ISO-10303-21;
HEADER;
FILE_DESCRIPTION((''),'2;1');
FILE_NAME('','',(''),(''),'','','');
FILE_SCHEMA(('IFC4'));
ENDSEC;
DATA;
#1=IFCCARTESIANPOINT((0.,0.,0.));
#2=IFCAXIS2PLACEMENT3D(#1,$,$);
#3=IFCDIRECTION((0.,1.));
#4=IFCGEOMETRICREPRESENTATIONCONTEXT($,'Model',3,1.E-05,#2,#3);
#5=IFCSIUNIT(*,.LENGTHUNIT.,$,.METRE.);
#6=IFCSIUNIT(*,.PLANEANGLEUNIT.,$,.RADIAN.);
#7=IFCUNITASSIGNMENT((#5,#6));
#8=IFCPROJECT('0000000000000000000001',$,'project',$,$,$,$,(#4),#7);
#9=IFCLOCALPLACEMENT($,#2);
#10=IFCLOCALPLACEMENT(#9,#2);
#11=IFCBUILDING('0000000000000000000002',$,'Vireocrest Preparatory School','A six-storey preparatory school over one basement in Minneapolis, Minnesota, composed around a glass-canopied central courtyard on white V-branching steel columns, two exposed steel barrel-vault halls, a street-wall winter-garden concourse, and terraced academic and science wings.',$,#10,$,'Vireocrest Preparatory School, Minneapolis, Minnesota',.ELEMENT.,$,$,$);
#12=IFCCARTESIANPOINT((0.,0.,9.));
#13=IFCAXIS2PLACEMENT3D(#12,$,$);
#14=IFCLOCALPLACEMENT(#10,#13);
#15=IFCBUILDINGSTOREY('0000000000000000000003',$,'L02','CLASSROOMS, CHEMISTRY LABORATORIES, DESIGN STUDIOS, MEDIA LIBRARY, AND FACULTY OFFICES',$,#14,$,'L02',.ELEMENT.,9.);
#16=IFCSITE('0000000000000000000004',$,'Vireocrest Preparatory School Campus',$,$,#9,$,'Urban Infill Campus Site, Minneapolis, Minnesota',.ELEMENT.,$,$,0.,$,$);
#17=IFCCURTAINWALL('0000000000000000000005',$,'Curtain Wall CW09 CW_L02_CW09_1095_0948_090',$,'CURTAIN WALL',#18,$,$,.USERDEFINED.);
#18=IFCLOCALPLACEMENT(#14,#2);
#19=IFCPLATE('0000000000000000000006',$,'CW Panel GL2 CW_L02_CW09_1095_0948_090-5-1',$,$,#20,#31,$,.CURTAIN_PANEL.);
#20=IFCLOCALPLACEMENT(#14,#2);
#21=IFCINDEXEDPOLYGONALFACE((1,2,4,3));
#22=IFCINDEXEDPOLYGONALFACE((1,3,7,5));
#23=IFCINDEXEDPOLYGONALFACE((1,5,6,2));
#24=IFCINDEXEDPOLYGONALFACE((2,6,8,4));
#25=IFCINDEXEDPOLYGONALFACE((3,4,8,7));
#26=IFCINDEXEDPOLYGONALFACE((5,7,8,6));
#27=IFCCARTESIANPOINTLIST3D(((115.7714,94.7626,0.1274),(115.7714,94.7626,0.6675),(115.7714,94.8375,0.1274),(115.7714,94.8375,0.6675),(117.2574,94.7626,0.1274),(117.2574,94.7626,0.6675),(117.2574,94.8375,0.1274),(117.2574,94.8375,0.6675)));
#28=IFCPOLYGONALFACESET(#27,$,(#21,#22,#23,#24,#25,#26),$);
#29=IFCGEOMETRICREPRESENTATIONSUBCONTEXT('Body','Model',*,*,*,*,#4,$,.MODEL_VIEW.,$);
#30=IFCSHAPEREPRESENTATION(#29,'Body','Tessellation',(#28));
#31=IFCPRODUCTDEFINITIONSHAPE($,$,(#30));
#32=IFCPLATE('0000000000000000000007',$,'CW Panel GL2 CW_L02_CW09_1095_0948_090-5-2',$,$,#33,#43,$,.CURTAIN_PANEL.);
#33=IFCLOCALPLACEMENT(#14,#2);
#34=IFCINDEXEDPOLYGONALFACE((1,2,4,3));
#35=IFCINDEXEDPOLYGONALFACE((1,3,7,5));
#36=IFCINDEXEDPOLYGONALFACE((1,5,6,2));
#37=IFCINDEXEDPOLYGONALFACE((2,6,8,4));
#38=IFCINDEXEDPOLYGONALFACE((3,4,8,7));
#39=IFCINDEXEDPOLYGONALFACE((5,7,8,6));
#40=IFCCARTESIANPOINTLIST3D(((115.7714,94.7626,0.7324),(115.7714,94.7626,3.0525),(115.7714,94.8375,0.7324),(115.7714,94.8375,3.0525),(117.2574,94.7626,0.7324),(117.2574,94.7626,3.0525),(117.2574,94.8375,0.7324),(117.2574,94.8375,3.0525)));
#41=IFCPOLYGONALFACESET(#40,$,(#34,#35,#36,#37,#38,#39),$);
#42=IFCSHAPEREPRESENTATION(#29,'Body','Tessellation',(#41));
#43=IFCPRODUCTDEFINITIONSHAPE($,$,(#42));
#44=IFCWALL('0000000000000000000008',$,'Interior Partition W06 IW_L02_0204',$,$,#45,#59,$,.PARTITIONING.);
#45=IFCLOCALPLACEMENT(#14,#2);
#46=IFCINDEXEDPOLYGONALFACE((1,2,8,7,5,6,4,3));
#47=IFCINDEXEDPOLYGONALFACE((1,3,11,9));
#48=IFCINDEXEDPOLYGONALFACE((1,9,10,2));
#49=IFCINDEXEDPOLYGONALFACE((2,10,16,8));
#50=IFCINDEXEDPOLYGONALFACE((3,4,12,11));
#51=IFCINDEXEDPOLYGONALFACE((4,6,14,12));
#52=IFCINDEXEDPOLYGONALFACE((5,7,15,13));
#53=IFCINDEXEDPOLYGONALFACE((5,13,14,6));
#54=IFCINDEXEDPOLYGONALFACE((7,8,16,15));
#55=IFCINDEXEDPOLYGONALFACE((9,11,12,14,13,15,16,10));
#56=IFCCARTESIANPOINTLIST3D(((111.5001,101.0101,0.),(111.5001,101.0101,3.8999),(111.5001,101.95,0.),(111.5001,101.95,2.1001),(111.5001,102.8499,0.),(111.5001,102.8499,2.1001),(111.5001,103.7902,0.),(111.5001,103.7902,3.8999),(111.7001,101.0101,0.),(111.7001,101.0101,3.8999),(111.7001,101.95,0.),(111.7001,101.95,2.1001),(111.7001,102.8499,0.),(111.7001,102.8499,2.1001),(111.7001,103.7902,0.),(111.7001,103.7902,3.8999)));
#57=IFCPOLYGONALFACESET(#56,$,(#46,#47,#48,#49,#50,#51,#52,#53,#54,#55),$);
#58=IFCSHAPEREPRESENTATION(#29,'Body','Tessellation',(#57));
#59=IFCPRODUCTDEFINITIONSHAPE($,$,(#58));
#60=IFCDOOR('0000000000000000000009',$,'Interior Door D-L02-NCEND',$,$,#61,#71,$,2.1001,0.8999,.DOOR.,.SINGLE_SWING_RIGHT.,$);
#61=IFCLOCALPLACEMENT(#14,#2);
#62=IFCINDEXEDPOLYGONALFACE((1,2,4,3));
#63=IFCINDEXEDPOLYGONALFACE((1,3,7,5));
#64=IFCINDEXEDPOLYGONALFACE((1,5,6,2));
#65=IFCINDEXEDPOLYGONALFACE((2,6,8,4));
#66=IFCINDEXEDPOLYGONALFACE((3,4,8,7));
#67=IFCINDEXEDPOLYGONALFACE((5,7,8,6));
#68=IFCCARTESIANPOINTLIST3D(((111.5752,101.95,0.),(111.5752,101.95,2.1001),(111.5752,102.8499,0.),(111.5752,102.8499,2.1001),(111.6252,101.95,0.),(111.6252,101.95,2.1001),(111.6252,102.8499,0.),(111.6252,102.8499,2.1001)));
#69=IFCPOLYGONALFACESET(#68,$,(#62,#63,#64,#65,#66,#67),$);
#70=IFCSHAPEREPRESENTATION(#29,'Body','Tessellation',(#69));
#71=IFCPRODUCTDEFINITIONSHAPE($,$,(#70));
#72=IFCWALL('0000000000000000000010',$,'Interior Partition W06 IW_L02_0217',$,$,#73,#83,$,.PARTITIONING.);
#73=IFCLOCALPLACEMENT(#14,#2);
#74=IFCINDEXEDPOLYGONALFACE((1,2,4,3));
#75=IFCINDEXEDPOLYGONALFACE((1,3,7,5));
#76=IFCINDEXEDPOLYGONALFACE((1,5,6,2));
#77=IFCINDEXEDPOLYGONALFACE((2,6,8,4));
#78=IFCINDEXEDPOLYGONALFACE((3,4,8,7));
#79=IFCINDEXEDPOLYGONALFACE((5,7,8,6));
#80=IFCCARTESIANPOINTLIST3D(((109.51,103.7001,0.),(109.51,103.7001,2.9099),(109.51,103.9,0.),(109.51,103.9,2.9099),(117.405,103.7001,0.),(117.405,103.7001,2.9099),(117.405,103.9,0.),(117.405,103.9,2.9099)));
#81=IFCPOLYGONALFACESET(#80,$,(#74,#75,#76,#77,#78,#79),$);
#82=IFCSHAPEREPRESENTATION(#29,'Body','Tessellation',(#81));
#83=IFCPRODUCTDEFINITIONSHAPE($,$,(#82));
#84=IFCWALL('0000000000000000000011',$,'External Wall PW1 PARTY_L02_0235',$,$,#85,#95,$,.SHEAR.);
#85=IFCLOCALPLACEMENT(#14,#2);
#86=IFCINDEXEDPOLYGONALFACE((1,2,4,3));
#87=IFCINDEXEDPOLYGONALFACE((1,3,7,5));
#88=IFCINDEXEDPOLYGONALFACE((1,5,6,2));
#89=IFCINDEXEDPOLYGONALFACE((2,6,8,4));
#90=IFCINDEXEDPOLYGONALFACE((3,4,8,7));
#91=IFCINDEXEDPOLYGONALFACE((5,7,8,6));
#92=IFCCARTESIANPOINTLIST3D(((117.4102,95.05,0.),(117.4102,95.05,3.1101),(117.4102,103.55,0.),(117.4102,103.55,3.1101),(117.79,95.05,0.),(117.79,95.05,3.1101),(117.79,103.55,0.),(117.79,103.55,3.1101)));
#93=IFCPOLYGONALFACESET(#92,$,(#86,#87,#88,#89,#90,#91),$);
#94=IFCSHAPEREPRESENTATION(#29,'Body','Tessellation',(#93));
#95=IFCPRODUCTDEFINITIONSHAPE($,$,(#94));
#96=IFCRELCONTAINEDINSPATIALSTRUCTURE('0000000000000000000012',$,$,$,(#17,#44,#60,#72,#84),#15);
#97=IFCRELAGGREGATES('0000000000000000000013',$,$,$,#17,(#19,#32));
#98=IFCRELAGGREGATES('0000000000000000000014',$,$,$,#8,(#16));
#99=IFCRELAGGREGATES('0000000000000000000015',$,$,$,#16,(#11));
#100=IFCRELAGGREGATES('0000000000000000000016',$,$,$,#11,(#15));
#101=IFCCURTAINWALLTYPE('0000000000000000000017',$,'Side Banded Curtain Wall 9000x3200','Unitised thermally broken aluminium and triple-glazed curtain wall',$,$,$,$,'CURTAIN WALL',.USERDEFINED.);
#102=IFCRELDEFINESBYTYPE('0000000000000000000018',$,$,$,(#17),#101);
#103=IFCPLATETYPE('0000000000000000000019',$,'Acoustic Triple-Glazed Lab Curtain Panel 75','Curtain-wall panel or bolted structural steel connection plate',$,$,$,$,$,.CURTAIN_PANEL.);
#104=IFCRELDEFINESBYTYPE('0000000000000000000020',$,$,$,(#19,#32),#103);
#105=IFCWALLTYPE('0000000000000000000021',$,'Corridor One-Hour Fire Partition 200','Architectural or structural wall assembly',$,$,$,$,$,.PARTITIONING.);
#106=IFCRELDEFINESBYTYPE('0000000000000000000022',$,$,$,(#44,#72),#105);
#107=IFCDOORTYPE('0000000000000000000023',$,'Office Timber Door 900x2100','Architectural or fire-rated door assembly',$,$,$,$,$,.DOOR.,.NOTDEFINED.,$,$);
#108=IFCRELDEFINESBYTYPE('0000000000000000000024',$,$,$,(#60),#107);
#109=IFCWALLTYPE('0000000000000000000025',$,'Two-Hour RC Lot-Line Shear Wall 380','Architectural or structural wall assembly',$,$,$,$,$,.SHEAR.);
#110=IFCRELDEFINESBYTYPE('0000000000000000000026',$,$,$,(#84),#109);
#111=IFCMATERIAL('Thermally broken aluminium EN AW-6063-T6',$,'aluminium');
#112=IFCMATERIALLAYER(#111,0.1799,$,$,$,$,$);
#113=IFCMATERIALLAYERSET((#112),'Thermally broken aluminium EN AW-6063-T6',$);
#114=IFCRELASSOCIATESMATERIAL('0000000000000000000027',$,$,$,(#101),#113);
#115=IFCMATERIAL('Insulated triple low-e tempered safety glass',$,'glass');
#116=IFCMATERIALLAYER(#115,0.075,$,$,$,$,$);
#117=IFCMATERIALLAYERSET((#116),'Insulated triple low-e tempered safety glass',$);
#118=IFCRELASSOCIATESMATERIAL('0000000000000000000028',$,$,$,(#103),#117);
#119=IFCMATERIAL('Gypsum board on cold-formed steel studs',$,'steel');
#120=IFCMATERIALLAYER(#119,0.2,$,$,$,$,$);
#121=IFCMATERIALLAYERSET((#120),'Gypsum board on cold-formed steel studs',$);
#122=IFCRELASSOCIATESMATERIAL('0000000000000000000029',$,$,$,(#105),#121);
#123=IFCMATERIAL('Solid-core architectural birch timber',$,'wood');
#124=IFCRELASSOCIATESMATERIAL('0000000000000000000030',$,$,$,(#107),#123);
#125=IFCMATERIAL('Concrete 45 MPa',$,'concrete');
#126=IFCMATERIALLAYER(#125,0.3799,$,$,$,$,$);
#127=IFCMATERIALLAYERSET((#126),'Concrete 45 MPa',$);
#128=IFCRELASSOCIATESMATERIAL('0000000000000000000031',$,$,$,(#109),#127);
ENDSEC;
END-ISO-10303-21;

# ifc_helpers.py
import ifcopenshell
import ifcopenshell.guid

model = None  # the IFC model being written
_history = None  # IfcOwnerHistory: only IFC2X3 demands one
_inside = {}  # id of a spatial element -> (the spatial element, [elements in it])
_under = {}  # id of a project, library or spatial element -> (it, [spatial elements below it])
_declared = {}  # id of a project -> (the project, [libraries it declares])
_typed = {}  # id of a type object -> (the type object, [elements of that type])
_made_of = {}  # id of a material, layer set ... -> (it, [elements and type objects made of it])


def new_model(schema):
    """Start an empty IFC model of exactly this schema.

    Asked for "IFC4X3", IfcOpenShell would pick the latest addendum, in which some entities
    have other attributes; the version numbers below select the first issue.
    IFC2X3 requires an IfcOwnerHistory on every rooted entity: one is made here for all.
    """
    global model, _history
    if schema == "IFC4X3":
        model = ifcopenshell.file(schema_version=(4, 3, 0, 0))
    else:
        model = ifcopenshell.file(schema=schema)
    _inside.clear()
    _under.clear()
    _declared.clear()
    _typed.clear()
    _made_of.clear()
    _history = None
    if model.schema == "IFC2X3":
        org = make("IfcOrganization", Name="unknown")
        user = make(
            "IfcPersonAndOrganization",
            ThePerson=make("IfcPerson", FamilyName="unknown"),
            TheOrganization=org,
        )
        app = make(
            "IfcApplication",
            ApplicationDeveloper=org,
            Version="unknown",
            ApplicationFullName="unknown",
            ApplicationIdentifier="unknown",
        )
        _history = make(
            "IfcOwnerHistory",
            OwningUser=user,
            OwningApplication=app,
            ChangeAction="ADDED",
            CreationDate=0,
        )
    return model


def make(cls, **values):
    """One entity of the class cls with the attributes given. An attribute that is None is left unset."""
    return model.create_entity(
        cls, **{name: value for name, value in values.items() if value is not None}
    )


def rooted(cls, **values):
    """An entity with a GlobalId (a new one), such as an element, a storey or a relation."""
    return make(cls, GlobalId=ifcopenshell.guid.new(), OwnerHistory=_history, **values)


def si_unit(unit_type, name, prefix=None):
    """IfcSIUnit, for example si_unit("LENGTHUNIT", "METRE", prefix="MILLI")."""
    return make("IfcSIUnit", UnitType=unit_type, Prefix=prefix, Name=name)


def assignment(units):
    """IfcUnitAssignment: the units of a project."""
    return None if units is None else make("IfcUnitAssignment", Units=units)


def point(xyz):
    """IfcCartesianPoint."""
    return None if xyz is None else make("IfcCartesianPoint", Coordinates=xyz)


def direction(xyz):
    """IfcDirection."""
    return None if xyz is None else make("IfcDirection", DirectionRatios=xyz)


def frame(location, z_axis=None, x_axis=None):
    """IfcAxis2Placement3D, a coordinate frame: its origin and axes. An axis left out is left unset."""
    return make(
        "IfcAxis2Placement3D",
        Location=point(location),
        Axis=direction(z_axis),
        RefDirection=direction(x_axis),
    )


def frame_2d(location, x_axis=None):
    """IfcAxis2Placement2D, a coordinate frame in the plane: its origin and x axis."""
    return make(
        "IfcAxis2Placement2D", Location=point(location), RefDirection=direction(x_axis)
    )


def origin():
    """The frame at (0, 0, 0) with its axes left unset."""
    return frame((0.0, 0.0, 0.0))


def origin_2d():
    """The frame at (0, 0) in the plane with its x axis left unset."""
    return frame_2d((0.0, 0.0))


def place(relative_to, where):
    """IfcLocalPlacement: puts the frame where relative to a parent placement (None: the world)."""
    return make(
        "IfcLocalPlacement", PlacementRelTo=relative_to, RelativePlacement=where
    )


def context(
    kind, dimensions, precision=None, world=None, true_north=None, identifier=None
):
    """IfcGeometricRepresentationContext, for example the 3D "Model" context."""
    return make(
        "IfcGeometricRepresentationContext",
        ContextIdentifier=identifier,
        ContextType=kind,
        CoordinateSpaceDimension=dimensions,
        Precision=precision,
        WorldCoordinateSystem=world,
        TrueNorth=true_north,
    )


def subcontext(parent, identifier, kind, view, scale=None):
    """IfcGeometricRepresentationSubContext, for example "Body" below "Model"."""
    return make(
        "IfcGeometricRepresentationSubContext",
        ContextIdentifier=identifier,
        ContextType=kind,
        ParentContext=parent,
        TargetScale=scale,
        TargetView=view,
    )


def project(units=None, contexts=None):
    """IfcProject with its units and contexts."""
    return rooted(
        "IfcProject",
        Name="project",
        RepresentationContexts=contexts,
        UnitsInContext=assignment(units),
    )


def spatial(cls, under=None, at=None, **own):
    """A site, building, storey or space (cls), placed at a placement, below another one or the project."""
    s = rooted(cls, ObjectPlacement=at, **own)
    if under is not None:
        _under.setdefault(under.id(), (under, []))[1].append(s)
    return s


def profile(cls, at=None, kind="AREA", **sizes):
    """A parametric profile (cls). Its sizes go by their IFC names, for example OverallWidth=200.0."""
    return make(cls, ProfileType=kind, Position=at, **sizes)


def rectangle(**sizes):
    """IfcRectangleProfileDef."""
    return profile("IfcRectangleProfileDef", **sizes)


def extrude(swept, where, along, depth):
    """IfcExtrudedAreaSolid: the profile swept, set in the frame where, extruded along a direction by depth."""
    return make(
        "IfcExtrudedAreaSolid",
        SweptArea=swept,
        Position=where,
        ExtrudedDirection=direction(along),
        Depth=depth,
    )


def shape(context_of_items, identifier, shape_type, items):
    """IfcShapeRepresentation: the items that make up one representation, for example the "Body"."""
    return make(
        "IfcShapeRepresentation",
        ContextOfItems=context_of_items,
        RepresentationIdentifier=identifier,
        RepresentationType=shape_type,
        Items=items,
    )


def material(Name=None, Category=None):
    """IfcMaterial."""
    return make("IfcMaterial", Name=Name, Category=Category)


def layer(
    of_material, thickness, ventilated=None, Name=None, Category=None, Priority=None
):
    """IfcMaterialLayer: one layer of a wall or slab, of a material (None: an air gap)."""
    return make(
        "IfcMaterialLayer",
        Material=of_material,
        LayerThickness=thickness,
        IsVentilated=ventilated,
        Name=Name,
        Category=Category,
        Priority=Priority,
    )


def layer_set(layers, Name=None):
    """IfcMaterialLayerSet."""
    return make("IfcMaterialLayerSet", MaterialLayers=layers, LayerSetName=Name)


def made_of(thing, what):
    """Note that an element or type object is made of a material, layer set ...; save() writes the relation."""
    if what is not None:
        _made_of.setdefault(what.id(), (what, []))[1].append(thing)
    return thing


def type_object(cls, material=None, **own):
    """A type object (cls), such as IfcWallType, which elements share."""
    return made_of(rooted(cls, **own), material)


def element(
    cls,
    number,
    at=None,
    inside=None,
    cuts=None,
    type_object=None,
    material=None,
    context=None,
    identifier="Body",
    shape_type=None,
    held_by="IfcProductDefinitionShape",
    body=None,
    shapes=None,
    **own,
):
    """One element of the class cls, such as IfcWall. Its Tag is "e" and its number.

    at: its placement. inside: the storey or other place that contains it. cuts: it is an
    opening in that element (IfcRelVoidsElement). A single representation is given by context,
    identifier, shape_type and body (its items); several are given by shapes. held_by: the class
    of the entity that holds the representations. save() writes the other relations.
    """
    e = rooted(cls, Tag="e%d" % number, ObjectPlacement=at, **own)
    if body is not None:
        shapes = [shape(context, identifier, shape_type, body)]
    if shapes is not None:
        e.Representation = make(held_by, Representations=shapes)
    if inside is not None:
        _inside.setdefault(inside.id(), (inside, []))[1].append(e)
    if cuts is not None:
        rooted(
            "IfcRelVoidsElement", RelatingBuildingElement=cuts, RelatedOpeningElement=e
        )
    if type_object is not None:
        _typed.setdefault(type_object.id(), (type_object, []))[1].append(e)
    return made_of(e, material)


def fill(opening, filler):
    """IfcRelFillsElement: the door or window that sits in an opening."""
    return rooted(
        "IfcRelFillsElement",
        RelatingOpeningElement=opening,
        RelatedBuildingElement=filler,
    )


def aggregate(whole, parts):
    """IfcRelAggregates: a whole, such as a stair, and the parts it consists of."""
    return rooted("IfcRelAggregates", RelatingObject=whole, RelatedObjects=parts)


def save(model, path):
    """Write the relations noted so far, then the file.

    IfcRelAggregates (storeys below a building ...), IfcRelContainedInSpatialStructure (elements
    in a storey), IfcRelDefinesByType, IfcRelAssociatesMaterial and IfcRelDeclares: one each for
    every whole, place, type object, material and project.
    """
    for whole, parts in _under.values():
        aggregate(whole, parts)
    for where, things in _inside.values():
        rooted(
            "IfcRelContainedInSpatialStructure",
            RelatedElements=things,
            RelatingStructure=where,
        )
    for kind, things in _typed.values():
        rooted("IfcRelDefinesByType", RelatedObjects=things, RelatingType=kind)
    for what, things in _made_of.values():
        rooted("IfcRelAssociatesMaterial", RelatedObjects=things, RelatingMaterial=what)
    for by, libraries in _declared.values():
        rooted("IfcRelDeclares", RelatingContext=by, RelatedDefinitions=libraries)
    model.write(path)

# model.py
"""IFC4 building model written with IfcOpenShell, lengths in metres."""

from ifc_helpers import new_model, si_unit, direction, frame, frame_2d, origin, origin_2d, place, context, subcontext, project, spatial, rectangle, extrude, material, layer, layer_set, type_object, element, fill, aggregate, save


model = new_model("IFC4")

# Units and contexts
model_context = context("Model", 3, precision=1e-05, world=origin(), true_north=direction((0.0, 1.0)))
body_context = subcontext(model_context, "Body", "Model", "MODEL_VIEW")
ifc_project = project(units=[si_unit("LENGTHUNIT", "METRE"), si_unit("PLANEANGLEUNIT", "RADIAN")], contexts=[model_context])

# Site, building, storey
site_placement = place(None, origin())
site = spatial("IfcSite", under=ifc_project, at=site_placement, Name="Vireocrest Preparatory School Campus", LongName="Urban Infill Campus Site, Minneapolis, Minnesota", CompositionType="ELEMENT", RefElevation=0.0)
building_placement = place(site_placement, origin())
building = spatial("IfcBuilding", under=site, at=building_placement, Name="Vireocrest Preparatory School", Description="A six-storey preparatory school over one basement in Minneapolis, Minnesota, composed around a glass-canopied central courtyard on white V-branching steel columns, two exposed steel barrel-vault halls, a street-wall winter-garden concourse, and terraced academic and science wings.", LongName="Vireocrest Preparatory School, Minneapolis, Minnesota", CompositionType="ELEMENT")
storey_placement = place(building_placement, frame((0.0, 0.0, 9.0)))
storey = spatial("IfcBuildingStorey", under=building, at=storey_placement, Name="L02", Description="CLASSROOMS, CHEMISTRY LABORATORIES, DESIGN STUDIOS, MEDIA LIBRARY, AND FACULTY OFFICES", LongName="L02", CompositionType="ELEMENT", Elevation=9.0)

# Shared definitions
ifc_material_1 = material(Name="Concrete 45 MPa", Category="concrete")

# Curtain wall
ifc_material_2 = material(Name="Thermally broken aluminium EN AW-6063-T6", Category="aluminium")
ifc_layer_1 = layer(ifc_material_2, 0.1799)
ifc_layer_set_1 = layer_set([ifc_layer_1], Name="Thermally broken aluminium EN AW-6063-T6")
curtain_wall_type = type_object("IfcCurtainWallType", Name="Side Banded Curtain Wall 9000x3200", Description="Unitised thermally broken aluminium and triple-glazed curtain wall", ElementType="CURTAIN WALL", PredefinedType="USERDEFINED", material=ifc_layer_set_1)
curtain_wall_placement = place(storey_placement, origin())
curtain_wall = element("IfcCurtainWall", 1, at=curtain_wall_placement, inside=storey, type_object=curtain_wall_type, Name="Curtain Wall CW09 CW_L02_CW09_1095_0948_090", ObjectType="CURTAIN WALL", PredefinedType="USERDEFINED")

# Plates
ifc_material_3 = material(Name="Insulated triple low-e tempered safety glass", Category="glass")
ifc_layer_2 = layer(ifc_material_3, 0.075)
ifc_layer_set_2 = layer_set([ifc_layer_2], Name="Insulated triple low-e tempered safety glass")
plate_type = type_object("IfcPlateType", Name="Acoustic Triple-Glazed Lab Curtain Panel 75", Description="Curtain-wall panel or bolted structural steel connection plate", PredefinedType="CURTAIN_PANEL", material=ifc_layer_set_2)
plate_1_placement = place(storey_placement, frame((116.5144, 94.8, 0.1274), z_axis=(0.0, 0.0, 1.0), x_axis=(1.0, 0.0, 0.0)))
plate_1 = element("IfcPlate", 2, at=plate_1_placement, type_object=plate_type, Name="CW Panel GL2 CW_L02_CW09_1095_0948_090-5-1", PredefinedType="CURTAIN_PANEL", context=body_context, shape_type="SweptSolid", body=[
    extrude(rectangle(XDim=1.4861, YDim=0.075, at=origin_2d()), origin(), (0.0, 0.0, 1.0), 0.54),
])
plate_2_placement = place(storey_placement, frame((116.5144, 94.8, 0.7324), z_axis=(0.0, 0.0, 1.0), x_axis=(1.0, 0.0, 0.0)))
plate_2 = element("IfcPlate", 3, at=plate_2_placement, type_object=plate_type, Name="CW Panel GL2 CW_L02_CW09_1095_0948_090-5-2", PredefinedType="CURTAIN_PANEL", context=body_context, shape_type="SweptSolid", body=[
    extrude(rectangle(XDim=1.4861, YDim=0.075, at=origin_2d()), origin(), (0.0, 0.0, 1.0), 2.3201),
])
aggregate(curtain_wall, [plate_1, plate_2])

# Wall, opening, door
ifc_material_4 = material(Name="Gypsum board on cold-formed steel studs", Category="steel")
ifc_layer_3 = layer(ifc_material_4, 0.2)
ifc_layer_set_3 = layer_set([ifc_layer_3], Name="Gypsum board on cold-formed steel studs")
wall_type_1 = type_object("IfcWallType", Name="Corridor One-Hour Fire Partition 200", Description="Architectural or structural wall assembly", PredefinedType="PARTITIONING", material=ifc_layer_set_3)
wall_1_placement = place(storey_placement, frame((111.6001, 101.01, 0.0), z_axis=(0.0, 0.0, 1.0), x_axis=(0.0, 1.0, 0.0)))
wall_1 = element("IfcWall", 4, at=wall_1_placement, inside=storey, type_object=wall_type_1, Name="Interior Partition W06 IW_L02_0204", PredefinedType="PARTITIONING", context=body_context, shape_type="SweptSolid", body=[
    extrude(rectangle(XDim=2.78, YDim=0.2, at=frame_2d((1.3901, 0.0))), origin(), (0.0, 0.0, 1.0), 3.8999),
])
opening_placement = place(wall_1_placement, frame((0.9399, 0.0, 0.0)))
opening = element("IfcOpeningElement", 5, at=opening_placement, cuts=wall_1, PredefinedType="OPENING", context=body_context, shape_type="SweptSolid", body=[
    extrude(rectangle(XDim=0.8999, YDim=2.1001, at=frame_2d((0.45, 1.05))), frame((0.0, 0.1099, 0.0), z_axis=(0.0, -1.0, 0.0), x_axis=(1.0, 0.0, 0.0)), (0.0, 0.0, 1.0), 0.22),
])
ifc_material_5 = material(Name="Solid-core architectural birch timber", Category="wood")
door_type = type_object("IfcDoorType", Name="Office Timber Door 900x2100", Description="Architectural or fire-rated door assembly", OperationType="NOTDEFINED", PredefinedType="DOOR", material=ifc_material_5)
door_placement = place(opening_placement, origin())
door = element("IfcDoor", 6, at=door_placement, inside=storey, type_object=door_type, Name="Interior Door D-L02-NCEND", OperationType="SINGLE_SWING_RIGHT", OverallHeight=2.1001, OverallWidth=0.8999, PredefinedType="DOOR", context=body_context, shape_type="SweptSolid", body=[
    extrude(rectangle(XDim=0.8999, YDim=2.1001, at=frame_2d((0.45, 1.05))), frame((0.0, 0.0249, 0.0), z_axis=(0.0, -1.0, 0.0), x_axis=(1.0, 0.0, 0.0)), (0.0, 0.0, 1.0), 0.05),
])
fill(opening, door)

# Walls
wall_2_placement = place(storey_placement, frame((109.51, 103.8, 0.0), z_axis=(0.0, 0.0, 1.0), x_axis=(1.0, 0.0, 0.0)))
element("IfcWall", 7, at=wall_2_placement, inside=storey, type_object=wall_type_1, Name="Interior Partition W06 IW_L02_0217", PredefinedType="PARTITIONING", context=body_context, shape_type="SweptSolid", body=[
    extrude(rectangle(XDim=7.895, YDim=0.2, at=frame_2d((3.9475, 0.0))), origin(), (0.0, 0.0, 1.0), 2.9099),
])
ifc_layer_4 = layer(ifc_material_1, 0.3799)
ifc_layer_set_4 = layer_set([ifc_layer_4], Name="Concrete 45 MPa")
wall_type_2 = type_object("IfcWallType", Name="Two-Hour RC Lot-Line Shear Wall 380", Description="Architectural or structural wall assembly", PredefinedType="SHEAR", material=ifc_layer_set_4)
wall_3_placement = place(storey_placement, frame((117.6001, 95.05, 0.0), z_axis=(0.0, 0.0, 1.0), x_axis=(0.0, 1.0, 0.0)))
element("IfcWall", 8, at=wall_3_placement, inside=storey, type_object=wall_type_2, Name="External Wall PW1 PARTY_L02_0235", PredefinedType="SHEAR", context=body_context, shape_type="SweptSolid", body=[
    extrude(rectangle(XDim=8.5, YDim=0.3799, at=frame_2d((4.25, 0.0))), origin(), (0.0, 0.0, 1.0), 3.1101),
])

save(model, "model.ifc")
